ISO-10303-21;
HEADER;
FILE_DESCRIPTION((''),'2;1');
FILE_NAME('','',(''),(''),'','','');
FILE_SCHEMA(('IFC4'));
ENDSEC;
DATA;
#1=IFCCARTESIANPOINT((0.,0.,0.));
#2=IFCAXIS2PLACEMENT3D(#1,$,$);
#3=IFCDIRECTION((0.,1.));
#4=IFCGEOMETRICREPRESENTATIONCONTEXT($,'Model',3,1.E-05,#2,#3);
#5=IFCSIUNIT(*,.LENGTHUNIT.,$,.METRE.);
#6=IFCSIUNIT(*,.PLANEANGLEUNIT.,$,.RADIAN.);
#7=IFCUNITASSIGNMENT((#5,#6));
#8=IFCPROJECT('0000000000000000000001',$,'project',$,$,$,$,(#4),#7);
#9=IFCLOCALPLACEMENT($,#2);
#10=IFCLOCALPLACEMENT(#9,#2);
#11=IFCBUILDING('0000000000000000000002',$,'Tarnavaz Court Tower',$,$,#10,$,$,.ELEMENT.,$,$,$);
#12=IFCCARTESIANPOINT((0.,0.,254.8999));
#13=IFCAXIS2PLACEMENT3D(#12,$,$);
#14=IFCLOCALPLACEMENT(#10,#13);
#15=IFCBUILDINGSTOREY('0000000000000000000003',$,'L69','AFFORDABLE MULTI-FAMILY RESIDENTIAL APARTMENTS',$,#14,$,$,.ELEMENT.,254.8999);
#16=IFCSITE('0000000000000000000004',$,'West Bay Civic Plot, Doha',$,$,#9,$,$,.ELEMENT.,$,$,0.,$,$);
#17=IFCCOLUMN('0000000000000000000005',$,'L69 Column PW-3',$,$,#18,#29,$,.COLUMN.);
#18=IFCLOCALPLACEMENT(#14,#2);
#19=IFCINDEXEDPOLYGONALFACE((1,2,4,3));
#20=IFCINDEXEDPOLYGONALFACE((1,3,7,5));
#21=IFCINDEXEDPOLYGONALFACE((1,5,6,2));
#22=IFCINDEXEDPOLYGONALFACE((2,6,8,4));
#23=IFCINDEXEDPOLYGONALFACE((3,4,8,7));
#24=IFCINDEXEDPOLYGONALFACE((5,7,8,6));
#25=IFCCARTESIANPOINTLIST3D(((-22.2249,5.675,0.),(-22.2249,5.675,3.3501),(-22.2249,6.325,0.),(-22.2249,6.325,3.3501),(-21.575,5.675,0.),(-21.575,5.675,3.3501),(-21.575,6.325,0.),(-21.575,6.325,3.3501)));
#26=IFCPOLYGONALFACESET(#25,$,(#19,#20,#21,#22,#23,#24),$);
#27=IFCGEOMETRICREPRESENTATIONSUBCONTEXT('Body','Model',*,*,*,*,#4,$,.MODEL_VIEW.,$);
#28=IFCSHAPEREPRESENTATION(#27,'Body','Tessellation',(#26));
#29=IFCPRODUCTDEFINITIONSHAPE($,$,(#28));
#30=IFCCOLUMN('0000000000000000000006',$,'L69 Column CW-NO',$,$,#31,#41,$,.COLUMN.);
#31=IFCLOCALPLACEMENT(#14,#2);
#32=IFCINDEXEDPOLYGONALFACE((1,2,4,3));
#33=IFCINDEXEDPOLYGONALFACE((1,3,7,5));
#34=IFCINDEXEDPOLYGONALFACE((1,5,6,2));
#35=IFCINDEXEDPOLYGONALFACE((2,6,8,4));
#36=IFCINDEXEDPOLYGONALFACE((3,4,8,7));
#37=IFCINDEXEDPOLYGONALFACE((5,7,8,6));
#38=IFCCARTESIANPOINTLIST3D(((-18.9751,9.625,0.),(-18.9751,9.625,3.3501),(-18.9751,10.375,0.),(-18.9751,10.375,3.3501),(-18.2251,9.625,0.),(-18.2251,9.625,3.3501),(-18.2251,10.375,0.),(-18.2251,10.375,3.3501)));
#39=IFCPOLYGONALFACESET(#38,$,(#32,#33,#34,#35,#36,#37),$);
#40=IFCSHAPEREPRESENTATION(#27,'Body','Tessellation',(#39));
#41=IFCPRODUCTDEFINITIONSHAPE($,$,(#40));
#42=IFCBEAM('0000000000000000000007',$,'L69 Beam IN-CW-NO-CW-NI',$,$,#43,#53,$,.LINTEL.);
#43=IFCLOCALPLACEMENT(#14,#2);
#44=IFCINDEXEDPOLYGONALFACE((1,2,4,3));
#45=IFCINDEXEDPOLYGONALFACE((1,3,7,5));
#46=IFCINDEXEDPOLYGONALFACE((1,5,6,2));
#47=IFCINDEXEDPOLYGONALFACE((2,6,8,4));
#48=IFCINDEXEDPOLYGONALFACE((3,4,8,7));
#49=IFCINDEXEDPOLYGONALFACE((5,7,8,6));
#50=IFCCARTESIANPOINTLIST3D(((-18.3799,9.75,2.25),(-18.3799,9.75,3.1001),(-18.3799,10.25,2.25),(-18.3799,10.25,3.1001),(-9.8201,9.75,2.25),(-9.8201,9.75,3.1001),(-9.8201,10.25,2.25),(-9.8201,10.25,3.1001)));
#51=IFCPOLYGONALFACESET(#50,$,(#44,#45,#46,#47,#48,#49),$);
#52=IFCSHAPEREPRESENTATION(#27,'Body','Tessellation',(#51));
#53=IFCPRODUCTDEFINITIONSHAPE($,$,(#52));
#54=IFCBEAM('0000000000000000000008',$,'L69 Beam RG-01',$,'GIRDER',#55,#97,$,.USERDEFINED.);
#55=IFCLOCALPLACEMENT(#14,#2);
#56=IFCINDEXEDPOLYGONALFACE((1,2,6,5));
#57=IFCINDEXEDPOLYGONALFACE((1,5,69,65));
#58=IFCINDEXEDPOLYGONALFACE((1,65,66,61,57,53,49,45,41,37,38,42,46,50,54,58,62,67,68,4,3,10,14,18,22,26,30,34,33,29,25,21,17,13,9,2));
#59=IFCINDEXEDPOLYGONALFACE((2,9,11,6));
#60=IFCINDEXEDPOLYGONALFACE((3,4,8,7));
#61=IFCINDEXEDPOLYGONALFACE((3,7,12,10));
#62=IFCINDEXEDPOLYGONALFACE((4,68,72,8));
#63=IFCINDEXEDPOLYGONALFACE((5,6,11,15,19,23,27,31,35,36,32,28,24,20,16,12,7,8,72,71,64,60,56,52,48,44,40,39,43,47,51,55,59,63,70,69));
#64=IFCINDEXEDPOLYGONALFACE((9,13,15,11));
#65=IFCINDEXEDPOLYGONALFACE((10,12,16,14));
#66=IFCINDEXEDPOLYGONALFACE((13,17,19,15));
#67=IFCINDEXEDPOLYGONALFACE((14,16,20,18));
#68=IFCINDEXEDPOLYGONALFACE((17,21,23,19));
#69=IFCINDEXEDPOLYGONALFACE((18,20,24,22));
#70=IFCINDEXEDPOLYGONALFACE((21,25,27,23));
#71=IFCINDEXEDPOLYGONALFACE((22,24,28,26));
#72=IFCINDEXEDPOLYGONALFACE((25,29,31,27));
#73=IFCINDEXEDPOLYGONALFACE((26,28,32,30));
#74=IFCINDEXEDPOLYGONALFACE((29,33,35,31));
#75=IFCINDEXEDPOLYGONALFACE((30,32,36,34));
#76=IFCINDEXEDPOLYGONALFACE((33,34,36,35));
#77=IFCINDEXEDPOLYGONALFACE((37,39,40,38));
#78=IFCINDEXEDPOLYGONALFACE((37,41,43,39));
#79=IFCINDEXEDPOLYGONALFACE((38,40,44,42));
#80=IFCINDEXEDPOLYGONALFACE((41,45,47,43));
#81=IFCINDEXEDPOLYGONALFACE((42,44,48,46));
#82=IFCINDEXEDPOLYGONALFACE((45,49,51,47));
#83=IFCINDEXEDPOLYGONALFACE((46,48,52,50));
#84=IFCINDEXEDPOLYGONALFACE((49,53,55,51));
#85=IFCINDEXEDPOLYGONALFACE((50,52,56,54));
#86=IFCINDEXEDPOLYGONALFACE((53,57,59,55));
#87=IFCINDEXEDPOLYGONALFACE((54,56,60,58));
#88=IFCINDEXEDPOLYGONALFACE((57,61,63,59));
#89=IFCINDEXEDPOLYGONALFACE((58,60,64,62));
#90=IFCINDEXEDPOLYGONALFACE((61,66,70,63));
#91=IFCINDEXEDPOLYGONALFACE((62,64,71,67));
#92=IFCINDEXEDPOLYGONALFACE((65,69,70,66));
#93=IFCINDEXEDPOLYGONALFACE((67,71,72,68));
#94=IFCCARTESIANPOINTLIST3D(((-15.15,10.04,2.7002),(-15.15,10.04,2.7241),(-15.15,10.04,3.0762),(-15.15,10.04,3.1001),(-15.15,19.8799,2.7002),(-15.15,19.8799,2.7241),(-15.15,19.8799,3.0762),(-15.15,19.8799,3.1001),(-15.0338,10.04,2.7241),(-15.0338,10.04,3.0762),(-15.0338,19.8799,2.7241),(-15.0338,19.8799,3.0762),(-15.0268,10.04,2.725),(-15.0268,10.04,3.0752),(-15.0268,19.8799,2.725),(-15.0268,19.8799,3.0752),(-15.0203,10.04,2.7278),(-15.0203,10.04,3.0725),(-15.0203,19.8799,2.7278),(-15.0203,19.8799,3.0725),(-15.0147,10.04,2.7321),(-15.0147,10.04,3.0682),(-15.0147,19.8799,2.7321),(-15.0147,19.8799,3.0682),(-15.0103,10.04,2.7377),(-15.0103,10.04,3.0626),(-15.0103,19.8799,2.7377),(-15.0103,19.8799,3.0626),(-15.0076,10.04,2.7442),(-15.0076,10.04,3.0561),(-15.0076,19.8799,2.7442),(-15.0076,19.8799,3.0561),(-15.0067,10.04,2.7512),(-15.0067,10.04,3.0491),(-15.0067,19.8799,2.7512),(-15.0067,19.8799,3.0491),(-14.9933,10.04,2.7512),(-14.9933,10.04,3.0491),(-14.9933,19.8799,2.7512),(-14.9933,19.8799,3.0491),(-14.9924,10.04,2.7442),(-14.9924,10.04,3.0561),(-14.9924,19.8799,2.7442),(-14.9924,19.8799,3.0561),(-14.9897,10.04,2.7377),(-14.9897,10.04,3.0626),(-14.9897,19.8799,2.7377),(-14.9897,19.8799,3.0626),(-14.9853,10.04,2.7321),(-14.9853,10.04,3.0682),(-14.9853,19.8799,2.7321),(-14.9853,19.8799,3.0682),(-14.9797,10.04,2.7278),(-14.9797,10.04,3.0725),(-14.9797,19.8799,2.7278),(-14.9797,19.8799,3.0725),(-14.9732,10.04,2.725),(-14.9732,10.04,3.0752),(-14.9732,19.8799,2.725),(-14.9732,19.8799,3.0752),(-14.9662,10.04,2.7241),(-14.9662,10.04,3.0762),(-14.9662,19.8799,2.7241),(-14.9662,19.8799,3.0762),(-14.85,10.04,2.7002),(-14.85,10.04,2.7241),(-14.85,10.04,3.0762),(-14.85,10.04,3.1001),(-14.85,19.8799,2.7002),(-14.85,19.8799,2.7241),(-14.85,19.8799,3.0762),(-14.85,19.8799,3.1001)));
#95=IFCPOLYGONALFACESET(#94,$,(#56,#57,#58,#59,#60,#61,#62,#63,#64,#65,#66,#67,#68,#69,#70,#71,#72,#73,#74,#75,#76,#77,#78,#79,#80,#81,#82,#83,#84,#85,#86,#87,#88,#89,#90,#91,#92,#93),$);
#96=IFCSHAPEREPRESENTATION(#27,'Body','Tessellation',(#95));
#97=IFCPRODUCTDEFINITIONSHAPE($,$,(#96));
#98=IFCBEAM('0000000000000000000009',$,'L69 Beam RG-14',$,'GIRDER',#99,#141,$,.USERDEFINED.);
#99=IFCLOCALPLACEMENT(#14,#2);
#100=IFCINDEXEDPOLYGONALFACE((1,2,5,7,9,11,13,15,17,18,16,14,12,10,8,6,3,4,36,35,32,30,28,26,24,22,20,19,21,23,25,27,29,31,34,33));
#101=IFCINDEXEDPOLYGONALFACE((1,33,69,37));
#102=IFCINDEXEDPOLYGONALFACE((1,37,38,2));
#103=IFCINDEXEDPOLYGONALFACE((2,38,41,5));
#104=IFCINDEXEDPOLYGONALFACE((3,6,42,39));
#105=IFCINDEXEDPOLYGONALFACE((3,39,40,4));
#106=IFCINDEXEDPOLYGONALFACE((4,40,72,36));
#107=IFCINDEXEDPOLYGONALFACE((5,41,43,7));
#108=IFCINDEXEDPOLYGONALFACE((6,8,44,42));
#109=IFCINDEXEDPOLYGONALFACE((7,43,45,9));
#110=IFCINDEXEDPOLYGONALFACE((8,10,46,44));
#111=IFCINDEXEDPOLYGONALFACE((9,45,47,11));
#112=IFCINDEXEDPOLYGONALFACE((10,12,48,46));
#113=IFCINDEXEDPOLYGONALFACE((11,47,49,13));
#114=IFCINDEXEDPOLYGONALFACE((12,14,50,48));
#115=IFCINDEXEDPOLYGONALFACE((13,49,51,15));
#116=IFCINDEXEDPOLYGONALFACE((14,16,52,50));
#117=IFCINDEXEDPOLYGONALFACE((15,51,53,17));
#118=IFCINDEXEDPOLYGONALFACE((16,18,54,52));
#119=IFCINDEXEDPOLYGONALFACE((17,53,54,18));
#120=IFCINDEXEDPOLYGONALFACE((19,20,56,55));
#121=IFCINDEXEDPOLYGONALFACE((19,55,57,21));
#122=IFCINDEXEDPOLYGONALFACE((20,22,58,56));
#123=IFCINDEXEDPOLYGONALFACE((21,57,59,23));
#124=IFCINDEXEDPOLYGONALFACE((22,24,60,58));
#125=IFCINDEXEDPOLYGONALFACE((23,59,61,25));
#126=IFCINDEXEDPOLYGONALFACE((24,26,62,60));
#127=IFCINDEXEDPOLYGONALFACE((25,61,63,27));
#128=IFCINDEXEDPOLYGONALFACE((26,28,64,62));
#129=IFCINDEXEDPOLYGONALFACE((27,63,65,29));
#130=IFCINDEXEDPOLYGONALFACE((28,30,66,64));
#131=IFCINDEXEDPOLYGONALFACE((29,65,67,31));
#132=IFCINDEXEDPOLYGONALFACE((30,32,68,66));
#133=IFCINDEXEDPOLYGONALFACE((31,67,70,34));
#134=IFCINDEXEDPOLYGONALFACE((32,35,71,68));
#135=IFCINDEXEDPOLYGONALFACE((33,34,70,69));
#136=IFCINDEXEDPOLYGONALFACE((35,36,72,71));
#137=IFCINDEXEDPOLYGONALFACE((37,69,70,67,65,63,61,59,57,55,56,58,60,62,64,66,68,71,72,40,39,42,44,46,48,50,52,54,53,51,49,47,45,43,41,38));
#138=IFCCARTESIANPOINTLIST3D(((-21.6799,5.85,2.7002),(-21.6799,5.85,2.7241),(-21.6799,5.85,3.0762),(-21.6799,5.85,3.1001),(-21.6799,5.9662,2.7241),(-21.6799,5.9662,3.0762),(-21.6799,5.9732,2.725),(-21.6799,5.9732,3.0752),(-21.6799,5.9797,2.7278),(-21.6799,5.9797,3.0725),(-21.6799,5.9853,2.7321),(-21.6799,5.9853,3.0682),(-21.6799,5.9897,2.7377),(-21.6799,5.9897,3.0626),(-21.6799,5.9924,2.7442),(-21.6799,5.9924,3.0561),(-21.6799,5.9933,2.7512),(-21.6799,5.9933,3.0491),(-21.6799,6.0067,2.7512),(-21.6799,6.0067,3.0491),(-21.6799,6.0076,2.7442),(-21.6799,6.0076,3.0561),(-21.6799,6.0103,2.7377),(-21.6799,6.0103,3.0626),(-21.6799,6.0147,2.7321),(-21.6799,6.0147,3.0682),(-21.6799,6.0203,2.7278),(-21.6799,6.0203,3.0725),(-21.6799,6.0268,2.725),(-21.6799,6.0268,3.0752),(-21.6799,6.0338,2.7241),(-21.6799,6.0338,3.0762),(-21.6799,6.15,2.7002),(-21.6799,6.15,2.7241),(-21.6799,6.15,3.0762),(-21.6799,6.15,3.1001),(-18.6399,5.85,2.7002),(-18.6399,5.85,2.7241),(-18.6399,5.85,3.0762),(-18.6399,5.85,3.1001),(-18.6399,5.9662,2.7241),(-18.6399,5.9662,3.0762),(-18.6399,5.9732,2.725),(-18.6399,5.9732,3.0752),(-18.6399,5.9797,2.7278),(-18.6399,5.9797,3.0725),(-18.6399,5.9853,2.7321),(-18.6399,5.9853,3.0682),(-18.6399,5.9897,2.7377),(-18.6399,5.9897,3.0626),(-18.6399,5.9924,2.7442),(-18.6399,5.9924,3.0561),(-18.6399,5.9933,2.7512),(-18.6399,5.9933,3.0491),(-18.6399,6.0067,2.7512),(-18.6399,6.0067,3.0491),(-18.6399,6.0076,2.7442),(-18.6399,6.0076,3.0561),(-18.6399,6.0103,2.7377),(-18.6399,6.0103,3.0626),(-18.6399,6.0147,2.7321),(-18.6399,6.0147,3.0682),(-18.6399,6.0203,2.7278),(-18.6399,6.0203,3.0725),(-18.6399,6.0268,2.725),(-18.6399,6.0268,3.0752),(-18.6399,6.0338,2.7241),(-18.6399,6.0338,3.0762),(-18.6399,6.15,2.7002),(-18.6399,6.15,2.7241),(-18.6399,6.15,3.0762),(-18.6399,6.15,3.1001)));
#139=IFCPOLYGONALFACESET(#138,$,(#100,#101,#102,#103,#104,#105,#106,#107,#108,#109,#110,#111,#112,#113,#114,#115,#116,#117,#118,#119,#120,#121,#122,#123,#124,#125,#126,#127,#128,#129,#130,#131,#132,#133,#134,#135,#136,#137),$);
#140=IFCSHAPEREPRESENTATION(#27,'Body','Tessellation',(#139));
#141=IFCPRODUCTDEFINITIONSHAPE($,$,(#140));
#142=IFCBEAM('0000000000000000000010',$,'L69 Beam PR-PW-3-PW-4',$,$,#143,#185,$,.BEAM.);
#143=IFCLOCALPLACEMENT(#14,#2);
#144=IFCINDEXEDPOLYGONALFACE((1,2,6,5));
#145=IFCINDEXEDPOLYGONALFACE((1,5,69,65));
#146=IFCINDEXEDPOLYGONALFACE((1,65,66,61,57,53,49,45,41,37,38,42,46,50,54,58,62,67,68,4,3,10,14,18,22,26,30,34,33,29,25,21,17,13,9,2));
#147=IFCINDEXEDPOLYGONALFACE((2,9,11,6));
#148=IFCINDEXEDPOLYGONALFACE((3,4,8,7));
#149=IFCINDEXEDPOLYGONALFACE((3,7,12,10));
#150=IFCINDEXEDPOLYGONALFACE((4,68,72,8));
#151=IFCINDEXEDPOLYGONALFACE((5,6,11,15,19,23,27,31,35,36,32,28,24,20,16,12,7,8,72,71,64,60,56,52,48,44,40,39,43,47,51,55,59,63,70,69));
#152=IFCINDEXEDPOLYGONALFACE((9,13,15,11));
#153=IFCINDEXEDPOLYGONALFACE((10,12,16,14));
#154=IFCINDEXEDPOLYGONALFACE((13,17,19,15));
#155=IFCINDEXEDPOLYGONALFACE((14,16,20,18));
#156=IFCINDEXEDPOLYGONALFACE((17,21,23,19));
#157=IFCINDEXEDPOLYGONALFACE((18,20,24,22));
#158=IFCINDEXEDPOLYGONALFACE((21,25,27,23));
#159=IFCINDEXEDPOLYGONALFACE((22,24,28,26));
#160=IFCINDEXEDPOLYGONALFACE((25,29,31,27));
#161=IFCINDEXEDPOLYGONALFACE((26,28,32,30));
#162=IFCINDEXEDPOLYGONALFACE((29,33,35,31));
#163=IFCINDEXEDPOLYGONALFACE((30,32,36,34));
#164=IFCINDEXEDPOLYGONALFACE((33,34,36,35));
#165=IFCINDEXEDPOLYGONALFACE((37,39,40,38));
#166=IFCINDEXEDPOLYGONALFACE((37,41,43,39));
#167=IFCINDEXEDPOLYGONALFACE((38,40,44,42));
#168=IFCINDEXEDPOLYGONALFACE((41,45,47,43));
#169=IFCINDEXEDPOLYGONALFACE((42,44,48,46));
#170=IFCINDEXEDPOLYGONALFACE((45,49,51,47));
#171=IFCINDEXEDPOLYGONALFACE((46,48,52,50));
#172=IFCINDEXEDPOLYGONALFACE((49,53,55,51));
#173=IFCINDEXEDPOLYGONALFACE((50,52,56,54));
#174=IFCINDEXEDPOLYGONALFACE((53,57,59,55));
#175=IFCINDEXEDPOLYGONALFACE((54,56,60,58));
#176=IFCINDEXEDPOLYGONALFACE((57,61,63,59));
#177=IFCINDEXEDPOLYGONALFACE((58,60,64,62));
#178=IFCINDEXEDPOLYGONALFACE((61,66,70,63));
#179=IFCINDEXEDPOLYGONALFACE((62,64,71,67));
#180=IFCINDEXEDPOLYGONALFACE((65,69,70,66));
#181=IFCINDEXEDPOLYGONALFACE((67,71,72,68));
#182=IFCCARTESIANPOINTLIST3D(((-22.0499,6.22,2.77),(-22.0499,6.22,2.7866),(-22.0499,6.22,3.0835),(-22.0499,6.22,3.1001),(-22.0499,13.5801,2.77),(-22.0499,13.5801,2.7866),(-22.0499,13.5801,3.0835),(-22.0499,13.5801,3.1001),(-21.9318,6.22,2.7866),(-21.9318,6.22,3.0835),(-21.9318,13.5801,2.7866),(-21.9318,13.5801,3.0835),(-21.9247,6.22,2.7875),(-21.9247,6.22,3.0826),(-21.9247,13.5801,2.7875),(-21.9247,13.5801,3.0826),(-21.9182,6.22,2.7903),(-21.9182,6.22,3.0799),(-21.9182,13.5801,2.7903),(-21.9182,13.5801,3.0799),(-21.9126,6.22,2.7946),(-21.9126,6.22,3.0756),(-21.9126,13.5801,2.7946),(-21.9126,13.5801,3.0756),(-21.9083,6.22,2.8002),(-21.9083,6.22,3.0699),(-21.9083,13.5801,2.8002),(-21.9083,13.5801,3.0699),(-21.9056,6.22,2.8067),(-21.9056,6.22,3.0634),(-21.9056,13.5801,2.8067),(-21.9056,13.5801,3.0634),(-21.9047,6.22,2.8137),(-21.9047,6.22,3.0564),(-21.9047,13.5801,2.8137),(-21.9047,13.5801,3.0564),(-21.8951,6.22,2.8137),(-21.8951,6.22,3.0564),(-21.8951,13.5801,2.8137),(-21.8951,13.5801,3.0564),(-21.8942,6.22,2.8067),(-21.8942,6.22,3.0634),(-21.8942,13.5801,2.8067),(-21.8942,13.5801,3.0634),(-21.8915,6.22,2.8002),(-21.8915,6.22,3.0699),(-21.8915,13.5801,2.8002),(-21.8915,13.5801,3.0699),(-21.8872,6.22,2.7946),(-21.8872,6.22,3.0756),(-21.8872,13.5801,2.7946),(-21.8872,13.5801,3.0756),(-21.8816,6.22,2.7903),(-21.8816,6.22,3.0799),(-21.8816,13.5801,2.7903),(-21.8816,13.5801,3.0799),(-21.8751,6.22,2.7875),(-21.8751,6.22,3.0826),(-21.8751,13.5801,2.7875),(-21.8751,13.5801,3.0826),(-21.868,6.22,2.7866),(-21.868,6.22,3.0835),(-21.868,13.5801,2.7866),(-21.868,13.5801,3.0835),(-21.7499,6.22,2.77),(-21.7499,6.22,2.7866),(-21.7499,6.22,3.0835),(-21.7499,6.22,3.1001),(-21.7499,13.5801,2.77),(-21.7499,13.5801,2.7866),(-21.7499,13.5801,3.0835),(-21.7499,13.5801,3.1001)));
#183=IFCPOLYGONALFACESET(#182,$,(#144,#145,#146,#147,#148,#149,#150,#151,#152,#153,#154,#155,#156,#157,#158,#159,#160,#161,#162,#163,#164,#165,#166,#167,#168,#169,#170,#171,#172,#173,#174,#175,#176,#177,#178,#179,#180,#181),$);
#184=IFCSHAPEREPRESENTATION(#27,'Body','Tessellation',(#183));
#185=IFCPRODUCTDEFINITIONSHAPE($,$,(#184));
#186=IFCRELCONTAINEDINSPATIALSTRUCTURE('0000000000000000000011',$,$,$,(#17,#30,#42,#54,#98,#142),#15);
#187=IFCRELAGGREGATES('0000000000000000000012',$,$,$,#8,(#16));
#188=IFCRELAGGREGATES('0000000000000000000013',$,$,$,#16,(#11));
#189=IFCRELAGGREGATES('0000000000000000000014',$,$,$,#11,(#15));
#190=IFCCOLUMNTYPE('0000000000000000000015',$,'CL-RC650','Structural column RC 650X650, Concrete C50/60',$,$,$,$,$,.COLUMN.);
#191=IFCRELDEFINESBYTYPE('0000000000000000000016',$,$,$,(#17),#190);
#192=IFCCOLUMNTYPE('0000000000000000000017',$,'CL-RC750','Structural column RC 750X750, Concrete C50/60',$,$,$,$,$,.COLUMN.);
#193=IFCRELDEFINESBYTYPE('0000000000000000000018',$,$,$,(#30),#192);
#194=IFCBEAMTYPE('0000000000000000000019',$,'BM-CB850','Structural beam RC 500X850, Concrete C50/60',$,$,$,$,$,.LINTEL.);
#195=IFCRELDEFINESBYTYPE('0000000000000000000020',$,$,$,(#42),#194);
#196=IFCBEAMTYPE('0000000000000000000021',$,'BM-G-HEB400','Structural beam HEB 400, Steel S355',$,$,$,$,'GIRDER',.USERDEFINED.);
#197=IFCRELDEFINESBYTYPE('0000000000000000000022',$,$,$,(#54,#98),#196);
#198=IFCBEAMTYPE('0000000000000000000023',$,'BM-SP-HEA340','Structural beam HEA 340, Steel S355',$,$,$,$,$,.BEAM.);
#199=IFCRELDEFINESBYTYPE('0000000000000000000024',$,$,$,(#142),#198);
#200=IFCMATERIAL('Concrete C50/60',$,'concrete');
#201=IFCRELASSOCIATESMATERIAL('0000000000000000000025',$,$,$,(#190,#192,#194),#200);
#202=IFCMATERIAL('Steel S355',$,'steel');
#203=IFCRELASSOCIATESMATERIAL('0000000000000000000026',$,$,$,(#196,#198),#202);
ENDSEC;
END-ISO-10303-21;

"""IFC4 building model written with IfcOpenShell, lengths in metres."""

from ifc_helpers import new_model, si_unit, direction, frame, origin, origin_2d, place, context, subcontext, project, spatial, rectangle, i_section, extrude, material, material_profile, profile_set, type_object, element, save


model = new_model("IFC4")

# Units and contexts
model_context = context("Model", 3, precision=1e-05, world=origin(), true_north=direction((0.0, 1.0)))
body_context = subcontext(model_context, "Body", "Model", "MODEL_VIEW")
ifc_project = project(units=[si_unit("LENGTHUNIT", "METRE"), si_unit("PLANEANGLEUNIT", "RADIAN")], contexts=[model_context])

# Site, building, storey
site_placement = place(None, origin())
site = spatial("IfcSite", under=ifc_project, at=site_placement, Name="West Bay Civic Plot, Doha", CompositionType="ELEMENT", RefElevation=0.0)
building_placement = place(site_placement, origin())
building = spatial("IfcBuilding", under=site, at=building_placement, Name="Tarnavaz Court Tower", CompositionType="ELEMENT")
storey_placement = place(building_placement, frame((0.0, 0.0, 254.8999)))
storey = spatial("IfcBuildingStorey", under=building, at=storey_placement, Name="L69", Description="AFFORDABLE MULTI-FAMILY RESIDENTIAL APARTMENTS", CompositionType="ELEMENT", Elevation=254.8999)

# Columns
ifc_material_1 = material(Name="Concrete C50/60", Category="concrete")
ifc_material_profile_1 = material_profile(ifc_material_1, rectangle(XDim=0.6499, YDim=0.6499, at=origin_2d()), Name="RC 650X650")
ifc_profile_set_1 = profile_set([ifc_material_profile_1], Name="Concrete C50/60")
column_type_1 = type_object("IfcColumnType", Name="CL-RC650", Description="Structural column RC 650X650, Concrete C50/60", PredefinedType="COLUMN", material=ifc_profile_set_1)
column_1_placement = place(storey_placement, frame((-21.8999, 6.0, 0.0), z_axis=(0.0, 0.0, 1.0), x_axis=(1.0, 0.0, 0.0)))
element("IfcColumn", 1, at=column_1_placement, inside=storey, type_object=column_type_1, Name="L69 Column PW-3", PredefinedType="COLUMN", context=body_context, shape_type="SweptSolid", body=[
    extrude(rectangle(XDim=0.6499, YDim=0.6499, at=origin_2d()), origin(), (0.0, 0.0, 1.0), 3.3501),
])
ifc_material_profile_2 = material_profile(ifc_material_1, rectangle(XDim=0.75, YDim=0.75, at=origin_2d()), Name="RC 750X750")
ifc_profile_set_2 = profile_set([ifc_material_profile_2], Name="Concrete C50/60")
column_type_2 = type_object("IfcColumnType", Name="CL-RC750", Description="Structural column RC 750X750, Concrete C50/60", PredefinedType="COLUMN", material=ifc_profile_set_2)
column_2_placement = place(storey_placement, frame((-18.6001, 10.0, 0.0), z_axis=(0.0, 0.0, 1.0), x_axis=(1.0, 0.0, 0.0)))
element("IfcColumn", 2, at=column_2_placement, inside=storey, type_object=column_type_2, Name="L69 Column CW-NO", PredefinedType="COLUMN", context=body_context, shape_type="SweptSolid", body=[
    extrude(rectangle(XDim=0.75, YDim=0.75, at=origin_2d()), origin(), (0.0, 0.0, 1.0), 3.3501),
])

# Beams
ifc_material_profile_3 = material_profile(ifc_material_1, rectangle(XDim=0.5, YDim=0.8501, at=origin_2d()), Name="RC 500X850")
ifc_profile_set_3 = profile_set([ifc_material_profile_3], Name="Concrete C50/60")
beam_type_1 = type_object("IfcBeamType", Name="BM-CB850", Description="Structural beam RC 500X850, Concrete C50/60", PredefinedType="LINTEL", material=ifc_profile_set_3)
beam_1_placement = place(storey_placement, frame((-18.3799, 10.0, 2.675), z_axis=(1.0, 0.0, 0.0), x_axis=(0.0, 1.0, 0.0)))
element("IfcBeam", 3, at=beam_1_placement, inside=storey, type_object=beam_type_1, Name="L69 Beam IN-CW-NO-CW-NI", PredefinedType="LINTEL", context=body_context, shape_type="SweptSolid", body=[
    extrude(rectangle(XDim=0.5, YDim=0.8501, at=origin_2d()), origin(), (0.0, 0.0, 1.0), 8.5598),
])
ifc_material_2 = material(Name="Steel S355", Category="steel")
ifc_material_profile_4 = material_profile(ifc_material_2, i_section(OverallWidth=0.3, OverallDepth=0.3999, WebThickness=0.0134, FlangeThickness=0.0239, FilletRadius=0.0271, at=origin_2d()), Name="HEB 400")
ifc_profile_set_4 = profile_set([ifc_material_profile_4], Name="Steel S355")
beam_type_2 = type_object("IfcBeamType", Name="BM-G-HEB400", Description="Structural beam HEB 400, Steel S355", ElementType="GIRDER", PredefinedType="USERDEFINED", material=ifc_profile_set_4)
beam_2_placement = place(storey_placement, frame((-15.0, 10.04, 2.9001), z_axis=(0.0, 1.0, 0.0), x_axis=(-1.0, 0.0, 0.0)))
element("IfcBeam", 4, at=beam_2_placement, inside=storey, type_object=beam_type_2, Name="L69 Beam RG-01", ObjectType="GIRDER", PredefinedType="USERDEFINED", context=body_context, shape_type="SweptSolid", body=[
    extrude(i_section(OverallWidth=0.3, OverallDepth=0.3999, WebThickness=0.0134, FlangeThickness=0.0239, FilletRadius=0.0271, at=origin_2d()), origin(), (0.0, 0.0, 1.0), 9.8398),
])
beam_3_placement = place(storey_placement, frame((-18.6399, 6.0, 2.9001), z_axis=(-1.0, 0.0, 0.0), x_axis=(0.0, -1.0, 0.0)))
element("IfcBeam", 5, at=beam_3_placement, inside=storey, type_object=beam_type_2, Name="L69 Beam RG-14", ObjectType="GIRDER", PredefinedType="USERDEFINED", context=body_context, shape_type="SweptSolid", body=[
    extrude(i_section(OverallWidth=0.3, OverallDepth=0.3999, WebThickness=0.0134, FlangeThickness=0.0239, FilletRadius=0.0271, at=origin_2d()), origin(), (0.0, 0.0, 1.0), 3.04),
])
ifc_material_profile_5 = material_profile(ifc_material_2, i_section(OverallWidth=0.3, OverallDepth=0.3301, WebThickness=0.0095, FlangeThickness=0.0166, FilletRadius=0.0271, at=origin_2d()), Name="HEA 340")
ifc_profile_set_5 = profile_set([ifc_material_profile_5], Name="Steel S355")
beam_type_3 = type_object("IfcBeamType", Name="BM-SP-HEA340", Description="Structural beam HEA 340, Steel S355", PredefinedType="BEAM", material=ifc_profile_set_5)
beam_4_placement = place(storey_placement, frame((-21.8999, 6.22, 2.9351), z_axis=(0.0, 1.0, 0.0), x_axis=(-1.0, 0.0, 0.0)))
element("IfcBeam", 6, at=beam_4_placement, inside=storey, type_object=beam_type_3, Name="L69 Beam PR-PW-3-PW-4", PredefinedType="BEAM", context=body_context, shape_type="SweptSolid", body=[
    extrude(i_section(OverallWidth=0.3, OverallDepth=0.3301, WebThickness=0.0095, FlangeThickness=0.0166, FilletRadius=0.0271, at=origin_2d()), origin(), (0.0, 0.0, 1.0), 7.3601),
])

save(model, "model.ifc")
